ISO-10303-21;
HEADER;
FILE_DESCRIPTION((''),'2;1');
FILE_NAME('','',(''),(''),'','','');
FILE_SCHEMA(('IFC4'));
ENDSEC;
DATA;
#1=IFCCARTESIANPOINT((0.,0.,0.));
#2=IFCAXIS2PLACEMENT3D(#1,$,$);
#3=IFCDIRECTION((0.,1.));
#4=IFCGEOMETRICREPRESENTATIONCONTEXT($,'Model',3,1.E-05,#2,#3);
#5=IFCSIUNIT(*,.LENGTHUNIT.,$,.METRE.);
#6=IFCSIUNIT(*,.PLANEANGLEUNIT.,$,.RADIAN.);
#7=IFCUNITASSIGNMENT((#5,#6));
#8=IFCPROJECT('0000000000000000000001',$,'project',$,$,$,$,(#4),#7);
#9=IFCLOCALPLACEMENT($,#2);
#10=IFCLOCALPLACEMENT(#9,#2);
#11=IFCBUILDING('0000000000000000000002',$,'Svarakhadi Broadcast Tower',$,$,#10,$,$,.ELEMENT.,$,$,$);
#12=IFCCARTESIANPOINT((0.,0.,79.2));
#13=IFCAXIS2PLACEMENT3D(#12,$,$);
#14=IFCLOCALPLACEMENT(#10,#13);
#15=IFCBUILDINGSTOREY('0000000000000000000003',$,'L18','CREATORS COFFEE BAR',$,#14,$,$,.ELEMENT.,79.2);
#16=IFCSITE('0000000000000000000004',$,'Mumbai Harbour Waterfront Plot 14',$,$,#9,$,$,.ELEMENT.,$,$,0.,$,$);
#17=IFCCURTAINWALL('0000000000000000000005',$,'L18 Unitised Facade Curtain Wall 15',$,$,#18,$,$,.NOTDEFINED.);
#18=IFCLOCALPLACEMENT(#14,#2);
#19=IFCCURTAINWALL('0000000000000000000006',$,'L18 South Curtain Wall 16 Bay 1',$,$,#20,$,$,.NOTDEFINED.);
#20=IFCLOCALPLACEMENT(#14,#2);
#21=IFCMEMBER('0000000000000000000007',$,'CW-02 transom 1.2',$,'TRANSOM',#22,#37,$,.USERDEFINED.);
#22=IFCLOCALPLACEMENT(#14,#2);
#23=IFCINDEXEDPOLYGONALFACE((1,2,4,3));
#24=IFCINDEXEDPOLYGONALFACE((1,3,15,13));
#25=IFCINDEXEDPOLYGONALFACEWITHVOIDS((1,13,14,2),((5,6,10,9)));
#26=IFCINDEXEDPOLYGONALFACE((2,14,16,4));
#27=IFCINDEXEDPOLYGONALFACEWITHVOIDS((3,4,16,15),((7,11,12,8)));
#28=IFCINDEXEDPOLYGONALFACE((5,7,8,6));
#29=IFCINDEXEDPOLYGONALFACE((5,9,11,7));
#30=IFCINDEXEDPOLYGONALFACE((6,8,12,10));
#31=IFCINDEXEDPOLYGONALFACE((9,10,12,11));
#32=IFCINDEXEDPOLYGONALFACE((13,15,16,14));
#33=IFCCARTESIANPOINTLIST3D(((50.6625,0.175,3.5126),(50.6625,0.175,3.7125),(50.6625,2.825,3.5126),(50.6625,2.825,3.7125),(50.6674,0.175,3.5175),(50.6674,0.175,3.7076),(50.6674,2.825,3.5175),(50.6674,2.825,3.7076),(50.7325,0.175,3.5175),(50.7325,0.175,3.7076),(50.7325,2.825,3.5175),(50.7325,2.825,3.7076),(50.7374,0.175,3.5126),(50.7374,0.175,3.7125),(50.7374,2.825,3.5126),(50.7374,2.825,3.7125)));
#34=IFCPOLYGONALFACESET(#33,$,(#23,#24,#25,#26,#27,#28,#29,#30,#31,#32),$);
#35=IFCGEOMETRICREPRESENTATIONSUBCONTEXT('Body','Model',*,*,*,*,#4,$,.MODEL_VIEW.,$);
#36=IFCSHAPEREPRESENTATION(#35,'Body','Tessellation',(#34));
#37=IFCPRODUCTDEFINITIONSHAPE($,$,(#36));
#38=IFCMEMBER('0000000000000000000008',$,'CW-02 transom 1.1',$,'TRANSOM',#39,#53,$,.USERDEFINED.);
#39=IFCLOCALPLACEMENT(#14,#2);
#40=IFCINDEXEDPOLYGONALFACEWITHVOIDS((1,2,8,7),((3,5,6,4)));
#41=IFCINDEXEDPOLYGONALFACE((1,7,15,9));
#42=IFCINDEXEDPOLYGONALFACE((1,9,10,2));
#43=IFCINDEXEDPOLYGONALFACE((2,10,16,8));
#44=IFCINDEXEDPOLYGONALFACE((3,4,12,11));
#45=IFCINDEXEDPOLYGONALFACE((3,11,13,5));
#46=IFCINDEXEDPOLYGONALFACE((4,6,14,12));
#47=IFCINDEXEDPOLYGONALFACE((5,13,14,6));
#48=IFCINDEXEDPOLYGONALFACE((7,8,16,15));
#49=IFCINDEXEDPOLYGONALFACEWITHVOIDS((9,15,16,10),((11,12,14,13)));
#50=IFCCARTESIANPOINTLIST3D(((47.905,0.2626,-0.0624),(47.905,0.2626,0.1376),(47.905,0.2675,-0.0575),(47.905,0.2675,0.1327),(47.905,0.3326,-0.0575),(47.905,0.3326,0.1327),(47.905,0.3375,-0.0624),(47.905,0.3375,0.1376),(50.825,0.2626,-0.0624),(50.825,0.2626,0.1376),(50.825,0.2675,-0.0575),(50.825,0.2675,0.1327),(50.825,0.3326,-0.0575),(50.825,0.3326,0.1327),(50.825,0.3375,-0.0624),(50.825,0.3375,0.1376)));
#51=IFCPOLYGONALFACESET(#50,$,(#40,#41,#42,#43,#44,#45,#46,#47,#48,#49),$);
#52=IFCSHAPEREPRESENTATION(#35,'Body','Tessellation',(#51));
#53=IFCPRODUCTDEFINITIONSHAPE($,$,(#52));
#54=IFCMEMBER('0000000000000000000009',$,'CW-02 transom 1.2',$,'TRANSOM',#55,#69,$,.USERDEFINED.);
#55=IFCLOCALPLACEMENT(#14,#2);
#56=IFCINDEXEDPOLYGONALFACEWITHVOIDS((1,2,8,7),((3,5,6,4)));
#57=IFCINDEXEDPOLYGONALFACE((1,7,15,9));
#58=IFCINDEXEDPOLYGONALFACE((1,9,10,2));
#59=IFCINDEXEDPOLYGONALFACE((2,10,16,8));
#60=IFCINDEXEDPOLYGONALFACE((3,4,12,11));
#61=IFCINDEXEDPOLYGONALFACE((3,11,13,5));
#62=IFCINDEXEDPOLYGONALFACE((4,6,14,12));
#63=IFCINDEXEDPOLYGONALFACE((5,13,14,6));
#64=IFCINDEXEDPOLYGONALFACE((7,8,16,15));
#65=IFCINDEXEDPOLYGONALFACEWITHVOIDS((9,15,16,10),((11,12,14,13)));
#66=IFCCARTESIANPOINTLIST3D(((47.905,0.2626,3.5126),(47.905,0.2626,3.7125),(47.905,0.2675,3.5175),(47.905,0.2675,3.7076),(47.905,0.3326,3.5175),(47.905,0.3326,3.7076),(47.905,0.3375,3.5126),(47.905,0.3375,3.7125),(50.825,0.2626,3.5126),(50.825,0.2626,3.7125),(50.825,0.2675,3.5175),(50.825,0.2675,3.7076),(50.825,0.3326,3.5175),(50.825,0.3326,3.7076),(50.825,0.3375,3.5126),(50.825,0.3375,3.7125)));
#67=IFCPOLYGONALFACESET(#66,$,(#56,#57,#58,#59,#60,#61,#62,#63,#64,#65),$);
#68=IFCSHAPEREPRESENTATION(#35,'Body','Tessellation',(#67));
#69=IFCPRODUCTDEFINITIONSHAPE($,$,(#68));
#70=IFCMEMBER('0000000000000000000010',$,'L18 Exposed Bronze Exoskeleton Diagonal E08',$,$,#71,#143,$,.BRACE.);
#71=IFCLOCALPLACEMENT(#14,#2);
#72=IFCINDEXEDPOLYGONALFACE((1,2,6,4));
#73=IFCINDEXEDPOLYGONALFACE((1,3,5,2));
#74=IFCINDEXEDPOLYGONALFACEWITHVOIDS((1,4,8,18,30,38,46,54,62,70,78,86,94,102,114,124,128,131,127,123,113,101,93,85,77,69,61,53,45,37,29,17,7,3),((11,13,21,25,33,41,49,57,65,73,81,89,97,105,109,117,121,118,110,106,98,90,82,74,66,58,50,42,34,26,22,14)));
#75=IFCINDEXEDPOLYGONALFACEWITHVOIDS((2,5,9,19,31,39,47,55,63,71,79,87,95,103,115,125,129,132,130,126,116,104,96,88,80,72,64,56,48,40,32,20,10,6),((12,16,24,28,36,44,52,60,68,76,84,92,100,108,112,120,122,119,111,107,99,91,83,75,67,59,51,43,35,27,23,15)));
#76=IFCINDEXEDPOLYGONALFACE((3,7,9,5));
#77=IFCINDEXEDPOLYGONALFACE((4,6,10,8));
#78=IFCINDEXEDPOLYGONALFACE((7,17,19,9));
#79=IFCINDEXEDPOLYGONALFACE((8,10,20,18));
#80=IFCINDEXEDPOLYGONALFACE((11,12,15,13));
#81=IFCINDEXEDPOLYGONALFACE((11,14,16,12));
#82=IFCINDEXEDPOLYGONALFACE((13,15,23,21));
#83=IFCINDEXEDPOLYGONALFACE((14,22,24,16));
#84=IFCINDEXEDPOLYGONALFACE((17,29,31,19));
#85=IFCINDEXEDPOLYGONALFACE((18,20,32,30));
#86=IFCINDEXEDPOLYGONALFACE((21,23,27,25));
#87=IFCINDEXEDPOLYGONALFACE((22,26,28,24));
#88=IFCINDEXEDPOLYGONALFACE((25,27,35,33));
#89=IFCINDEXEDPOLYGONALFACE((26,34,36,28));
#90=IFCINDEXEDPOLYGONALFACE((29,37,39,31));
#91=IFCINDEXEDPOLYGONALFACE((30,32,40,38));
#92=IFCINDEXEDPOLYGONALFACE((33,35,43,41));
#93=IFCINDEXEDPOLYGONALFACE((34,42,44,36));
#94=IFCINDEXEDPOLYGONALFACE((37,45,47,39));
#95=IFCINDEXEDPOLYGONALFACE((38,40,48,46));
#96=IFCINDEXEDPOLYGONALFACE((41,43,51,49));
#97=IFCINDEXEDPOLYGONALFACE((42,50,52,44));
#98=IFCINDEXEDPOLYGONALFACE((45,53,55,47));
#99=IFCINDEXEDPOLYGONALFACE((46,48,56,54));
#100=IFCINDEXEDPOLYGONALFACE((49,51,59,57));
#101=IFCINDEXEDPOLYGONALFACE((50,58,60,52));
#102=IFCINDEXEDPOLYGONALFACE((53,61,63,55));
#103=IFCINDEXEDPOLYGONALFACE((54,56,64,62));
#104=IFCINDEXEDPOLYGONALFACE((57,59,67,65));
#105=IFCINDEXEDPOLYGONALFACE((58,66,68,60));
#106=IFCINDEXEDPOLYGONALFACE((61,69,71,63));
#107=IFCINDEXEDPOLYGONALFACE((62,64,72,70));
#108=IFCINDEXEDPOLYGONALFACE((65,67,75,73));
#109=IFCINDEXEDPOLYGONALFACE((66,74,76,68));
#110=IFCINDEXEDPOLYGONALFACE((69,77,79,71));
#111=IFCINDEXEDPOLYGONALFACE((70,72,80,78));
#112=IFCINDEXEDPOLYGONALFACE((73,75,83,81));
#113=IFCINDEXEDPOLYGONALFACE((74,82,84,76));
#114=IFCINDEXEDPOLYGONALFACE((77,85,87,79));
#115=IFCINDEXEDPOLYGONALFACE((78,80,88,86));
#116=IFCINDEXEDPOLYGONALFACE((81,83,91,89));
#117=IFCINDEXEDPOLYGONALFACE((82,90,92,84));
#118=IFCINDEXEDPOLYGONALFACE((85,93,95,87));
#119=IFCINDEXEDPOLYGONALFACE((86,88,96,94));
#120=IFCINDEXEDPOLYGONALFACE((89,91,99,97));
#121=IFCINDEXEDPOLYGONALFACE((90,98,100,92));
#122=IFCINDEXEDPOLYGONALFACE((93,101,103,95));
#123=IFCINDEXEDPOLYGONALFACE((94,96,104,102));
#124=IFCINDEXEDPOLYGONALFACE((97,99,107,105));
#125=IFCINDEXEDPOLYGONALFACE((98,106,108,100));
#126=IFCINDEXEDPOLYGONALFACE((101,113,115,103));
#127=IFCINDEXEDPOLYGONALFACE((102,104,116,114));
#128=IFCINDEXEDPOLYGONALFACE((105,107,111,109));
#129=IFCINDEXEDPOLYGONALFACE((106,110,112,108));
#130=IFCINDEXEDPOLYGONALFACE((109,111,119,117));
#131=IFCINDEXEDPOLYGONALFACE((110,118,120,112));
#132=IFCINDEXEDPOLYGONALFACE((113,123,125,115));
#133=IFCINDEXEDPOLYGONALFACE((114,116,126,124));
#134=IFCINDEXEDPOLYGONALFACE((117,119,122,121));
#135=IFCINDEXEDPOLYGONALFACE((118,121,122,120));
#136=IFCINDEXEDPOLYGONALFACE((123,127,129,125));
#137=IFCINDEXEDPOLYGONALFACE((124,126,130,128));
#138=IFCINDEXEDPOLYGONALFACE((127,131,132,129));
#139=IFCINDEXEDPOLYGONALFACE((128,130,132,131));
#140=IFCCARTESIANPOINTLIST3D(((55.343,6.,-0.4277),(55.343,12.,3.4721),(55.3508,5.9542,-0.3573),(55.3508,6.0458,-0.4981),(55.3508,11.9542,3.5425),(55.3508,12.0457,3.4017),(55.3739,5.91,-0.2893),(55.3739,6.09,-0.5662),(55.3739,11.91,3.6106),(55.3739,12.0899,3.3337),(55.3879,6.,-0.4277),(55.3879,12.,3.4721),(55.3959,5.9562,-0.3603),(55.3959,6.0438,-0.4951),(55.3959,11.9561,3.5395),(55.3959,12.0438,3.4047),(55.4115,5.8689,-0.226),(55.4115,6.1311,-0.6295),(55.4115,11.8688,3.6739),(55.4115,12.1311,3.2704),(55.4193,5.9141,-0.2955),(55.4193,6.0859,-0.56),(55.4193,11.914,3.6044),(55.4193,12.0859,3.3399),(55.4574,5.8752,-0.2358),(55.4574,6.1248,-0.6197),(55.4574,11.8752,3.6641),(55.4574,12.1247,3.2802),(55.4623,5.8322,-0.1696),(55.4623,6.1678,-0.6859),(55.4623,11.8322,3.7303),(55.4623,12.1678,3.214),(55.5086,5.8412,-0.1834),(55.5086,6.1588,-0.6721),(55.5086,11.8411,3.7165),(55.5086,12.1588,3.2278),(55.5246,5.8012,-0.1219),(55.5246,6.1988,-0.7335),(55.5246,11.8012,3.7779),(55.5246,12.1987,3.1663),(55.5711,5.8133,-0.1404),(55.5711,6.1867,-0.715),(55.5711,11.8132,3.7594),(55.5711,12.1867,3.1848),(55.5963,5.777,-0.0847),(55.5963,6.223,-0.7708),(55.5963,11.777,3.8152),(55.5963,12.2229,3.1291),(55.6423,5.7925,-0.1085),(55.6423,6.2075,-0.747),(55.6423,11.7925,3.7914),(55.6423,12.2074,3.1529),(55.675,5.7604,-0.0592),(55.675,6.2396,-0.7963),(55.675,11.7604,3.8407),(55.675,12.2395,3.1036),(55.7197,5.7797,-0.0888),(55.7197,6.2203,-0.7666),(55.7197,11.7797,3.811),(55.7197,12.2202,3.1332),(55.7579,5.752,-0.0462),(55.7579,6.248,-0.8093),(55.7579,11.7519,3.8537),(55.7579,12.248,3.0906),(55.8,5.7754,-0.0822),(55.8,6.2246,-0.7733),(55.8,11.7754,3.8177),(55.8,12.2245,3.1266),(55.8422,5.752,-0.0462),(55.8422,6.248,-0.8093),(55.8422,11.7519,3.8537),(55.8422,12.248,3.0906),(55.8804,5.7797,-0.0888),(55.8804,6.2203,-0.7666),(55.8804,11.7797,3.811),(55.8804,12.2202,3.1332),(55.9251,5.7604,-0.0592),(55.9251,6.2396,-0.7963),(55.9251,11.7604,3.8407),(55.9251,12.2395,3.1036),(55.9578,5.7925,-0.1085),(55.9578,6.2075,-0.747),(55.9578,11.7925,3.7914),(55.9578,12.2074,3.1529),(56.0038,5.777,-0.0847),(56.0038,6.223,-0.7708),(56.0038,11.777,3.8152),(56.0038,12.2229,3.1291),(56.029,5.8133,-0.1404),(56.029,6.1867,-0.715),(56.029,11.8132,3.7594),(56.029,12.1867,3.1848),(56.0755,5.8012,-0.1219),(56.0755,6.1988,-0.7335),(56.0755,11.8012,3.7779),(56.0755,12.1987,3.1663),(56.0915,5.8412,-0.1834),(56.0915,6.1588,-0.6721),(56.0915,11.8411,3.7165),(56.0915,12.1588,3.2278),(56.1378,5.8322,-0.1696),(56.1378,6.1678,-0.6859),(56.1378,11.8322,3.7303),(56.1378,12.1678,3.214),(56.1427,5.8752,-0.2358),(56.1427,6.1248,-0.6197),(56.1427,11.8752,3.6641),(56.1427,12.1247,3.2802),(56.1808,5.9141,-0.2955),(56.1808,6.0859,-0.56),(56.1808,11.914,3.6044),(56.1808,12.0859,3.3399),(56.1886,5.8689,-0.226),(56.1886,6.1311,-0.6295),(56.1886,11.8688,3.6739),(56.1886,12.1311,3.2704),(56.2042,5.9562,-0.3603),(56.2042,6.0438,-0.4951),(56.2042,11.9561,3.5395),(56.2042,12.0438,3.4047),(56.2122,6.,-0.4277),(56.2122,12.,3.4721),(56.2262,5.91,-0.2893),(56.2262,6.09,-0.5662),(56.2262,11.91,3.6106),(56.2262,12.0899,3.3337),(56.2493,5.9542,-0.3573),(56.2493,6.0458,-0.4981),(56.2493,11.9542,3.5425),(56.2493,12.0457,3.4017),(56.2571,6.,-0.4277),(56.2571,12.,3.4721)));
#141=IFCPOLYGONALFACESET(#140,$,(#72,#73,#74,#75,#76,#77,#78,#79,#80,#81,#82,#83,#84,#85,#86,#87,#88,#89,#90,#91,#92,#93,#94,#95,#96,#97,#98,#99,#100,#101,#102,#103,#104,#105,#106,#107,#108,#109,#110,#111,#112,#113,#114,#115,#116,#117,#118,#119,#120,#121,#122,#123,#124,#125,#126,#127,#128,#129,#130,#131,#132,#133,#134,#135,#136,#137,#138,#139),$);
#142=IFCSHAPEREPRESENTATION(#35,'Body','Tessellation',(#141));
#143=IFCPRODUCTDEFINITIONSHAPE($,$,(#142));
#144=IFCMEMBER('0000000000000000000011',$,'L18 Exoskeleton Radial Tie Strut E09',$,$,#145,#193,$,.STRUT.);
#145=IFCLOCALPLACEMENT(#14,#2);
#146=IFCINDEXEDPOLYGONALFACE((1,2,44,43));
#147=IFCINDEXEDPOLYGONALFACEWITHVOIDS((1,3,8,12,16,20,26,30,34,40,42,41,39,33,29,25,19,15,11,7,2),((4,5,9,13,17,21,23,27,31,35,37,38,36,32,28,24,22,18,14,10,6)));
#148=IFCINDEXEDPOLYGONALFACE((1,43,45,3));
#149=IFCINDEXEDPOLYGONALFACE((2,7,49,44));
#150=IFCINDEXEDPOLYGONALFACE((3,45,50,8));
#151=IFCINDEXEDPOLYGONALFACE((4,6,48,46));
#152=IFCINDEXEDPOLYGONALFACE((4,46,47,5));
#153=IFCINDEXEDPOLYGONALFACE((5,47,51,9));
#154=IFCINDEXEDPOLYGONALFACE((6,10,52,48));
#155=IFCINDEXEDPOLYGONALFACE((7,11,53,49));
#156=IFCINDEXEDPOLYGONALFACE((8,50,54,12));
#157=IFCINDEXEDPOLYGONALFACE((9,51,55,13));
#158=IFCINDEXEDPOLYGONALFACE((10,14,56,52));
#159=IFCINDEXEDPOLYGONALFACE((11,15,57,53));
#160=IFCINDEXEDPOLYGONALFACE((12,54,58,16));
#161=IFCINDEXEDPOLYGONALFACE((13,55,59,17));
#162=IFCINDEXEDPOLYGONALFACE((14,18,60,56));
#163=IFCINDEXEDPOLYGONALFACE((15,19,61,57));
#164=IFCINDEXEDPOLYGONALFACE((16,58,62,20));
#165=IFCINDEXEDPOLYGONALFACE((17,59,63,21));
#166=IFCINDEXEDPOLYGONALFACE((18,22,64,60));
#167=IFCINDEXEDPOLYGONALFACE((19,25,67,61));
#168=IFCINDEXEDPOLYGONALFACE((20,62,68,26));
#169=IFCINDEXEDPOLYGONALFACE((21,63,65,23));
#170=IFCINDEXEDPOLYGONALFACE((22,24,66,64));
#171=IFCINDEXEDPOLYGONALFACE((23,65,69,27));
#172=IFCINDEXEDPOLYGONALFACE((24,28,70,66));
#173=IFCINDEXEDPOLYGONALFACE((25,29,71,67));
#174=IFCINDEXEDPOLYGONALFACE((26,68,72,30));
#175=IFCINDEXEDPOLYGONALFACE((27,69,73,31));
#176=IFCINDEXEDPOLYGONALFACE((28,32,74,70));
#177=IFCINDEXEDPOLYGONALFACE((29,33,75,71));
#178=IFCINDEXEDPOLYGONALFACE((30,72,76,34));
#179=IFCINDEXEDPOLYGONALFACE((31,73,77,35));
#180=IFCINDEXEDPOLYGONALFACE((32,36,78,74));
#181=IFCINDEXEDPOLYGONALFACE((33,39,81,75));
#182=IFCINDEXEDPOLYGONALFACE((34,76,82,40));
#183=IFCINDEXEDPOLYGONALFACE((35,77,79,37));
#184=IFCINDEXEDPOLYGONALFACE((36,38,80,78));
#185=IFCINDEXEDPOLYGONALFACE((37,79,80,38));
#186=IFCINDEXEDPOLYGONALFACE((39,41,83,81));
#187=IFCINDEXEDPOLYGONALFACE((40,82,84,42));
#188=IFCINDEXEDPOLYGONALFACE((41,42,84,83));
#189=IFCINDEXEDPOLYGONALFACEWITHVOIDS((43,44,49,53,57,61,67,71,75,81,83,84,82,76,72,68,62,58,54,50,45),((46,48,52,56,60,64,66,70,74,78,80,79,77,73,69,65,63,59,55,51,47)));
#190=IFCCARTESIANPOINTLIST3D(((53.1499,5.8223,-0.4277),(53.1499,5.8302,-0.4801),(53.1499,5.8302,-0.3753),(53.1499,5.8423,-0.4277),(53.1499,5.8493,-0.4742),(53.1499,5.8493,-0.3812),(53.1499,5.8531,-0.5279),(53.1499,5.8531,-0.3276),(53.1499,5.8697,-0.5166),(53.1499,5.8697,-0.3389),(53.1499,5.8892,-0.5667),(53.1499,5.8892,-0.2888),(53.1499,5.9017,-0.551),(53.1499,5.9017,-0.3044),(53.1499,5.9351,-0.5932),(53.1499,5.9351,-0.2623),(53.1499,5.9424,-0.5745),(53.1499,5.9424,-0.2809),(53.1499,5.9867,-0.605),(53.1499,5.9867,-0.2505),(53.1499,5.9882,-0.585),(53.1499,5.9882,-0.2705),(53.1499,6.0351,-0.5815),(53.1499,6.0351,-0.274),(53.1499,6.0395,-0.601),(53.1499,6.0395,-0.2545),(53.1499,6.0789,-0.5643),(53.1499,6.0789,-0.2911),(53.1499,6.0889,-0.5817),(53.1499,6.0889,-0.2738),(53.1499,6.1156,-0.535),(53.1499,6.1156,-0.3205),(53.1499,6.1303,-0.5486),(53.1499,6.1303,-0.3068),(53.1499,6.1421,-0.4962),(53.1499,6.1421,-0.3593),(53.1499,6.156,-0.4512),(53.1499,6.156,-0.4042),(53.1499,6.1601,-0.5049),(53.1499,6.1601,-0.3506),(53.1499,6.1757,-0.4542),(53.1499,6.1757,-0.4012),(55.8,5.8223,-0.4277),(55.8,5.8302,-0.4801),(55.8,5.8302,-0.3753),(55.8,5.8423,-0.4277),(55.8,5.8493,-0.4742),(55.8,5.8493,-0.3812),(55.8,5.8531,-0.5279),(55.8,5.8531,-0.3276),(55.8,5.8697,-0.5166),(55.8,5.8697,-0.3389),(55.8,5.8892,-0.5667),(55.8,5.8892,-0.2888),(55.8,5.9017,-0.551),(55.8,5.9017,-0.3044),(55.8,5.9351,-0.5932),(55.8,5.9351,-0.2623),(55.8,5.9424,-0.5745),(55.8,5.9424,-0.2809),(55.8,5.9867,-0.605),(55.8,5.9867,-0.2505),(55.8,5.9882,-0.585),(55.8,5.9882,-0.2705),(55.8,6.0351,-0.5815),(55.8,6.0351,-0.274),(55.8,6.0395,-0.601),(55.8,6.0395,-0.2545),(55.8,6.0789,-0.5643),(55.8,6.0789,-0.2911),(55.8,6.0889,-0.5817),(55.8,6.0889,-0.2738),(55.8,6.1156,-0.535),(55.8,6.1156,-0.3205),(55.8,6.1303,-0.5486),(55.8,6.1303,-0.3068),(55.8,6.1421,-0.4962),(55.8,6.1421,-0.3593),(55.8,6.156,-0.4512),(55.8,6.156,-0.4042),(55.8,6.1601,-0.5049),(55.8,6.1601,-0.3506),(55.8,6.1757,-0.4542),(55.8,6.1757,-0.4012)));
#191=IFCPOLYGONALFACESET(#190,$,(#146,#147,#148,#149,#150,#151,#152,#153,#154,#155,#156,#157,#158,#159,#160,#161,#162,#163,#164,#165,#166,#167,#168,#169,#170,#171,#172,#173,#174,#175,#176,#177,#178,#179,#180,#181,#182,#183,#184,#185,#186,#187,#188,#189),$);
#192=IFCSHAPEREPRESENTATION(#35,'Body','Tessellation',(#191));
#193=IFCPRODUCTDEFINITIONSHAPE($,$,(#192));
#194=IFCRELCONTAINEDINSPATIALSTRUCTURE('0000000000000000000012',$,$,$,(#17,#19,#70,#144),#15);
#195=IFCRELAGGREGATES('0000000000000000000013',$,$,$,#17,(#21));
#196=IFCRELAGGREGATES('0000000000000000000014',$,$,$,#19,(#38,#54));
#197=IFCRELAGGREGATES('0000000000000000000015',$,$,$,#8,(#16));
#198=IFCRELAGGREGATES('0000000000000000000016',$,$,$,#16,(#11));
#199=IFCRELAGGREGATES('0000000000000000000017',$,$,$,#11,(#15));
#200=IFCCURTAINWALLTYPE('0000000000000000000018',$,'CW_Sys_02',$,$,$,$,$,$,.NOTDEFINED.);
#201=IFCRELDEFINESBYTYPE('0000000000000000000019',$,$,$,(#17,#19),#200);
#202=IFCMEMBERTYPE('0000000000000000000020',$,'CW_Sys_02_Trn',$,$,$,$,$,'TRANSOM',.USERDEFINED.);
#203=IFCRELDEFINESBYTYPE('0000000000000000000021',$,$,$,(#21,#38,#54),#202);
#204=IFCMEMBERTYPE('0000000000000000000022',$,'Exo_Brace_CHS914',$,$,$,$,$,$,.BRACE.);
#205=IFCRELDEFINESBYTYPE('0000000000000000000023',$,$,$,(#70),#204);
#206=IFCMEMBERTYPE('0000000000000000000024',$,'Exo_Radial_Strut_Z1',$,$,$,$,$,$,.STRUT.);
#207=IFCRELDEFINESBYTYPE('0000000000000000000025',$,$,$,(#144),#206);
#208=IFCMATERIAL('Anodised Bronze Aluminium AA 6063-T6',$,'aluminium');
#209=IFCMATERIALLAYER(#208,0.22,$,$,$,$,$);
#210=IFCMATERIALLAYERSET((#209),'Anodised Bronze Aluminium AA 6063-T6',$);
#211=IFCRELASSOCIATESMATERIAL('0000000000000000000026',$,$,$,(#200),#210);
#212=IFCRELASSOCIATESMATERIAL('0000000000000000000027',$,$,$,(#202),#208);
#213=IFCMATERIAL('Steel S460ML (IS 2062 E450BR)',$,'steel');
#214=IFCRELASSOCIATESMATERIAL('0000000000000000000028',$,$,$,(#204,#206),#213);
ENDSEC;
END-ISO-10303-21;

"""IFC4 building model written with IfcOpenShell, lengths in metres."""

from ifc_helpers import new_model, si_unit, direction, frame, origin, origin_2d, place, context, subcontext, project, spatial, hollow_rectangle, hollow_circle, extrude, material, layer, layer_set, material_profile, profile_set, type_object, element, aggregate, save


model = new_model("IFC4")

# Units and contexts
model_context = context("Model", 3, precision=1e-05, world=origin(), true_north=direction((0.0, 1.0)))
body_context = subcontext(model_context, "Body", "Model", "MODEL_VIEW")
ifc_project = project(units=[si_unit("LENGTHUNIT", "METRE"), si_unit("PLANEANGLEUNIT", "RADIAN")], contexts=[model_context])

# Site, building, storey
site_placement = place(None, origin())
site = spatial("IfcSite", under=ifc_project, at=site_placement, Name="Mumbai Harbour Waterfront Plot 14", CompositionType="ELEMENT", RefElevation=0.0)
building_placement = place(site_placement, origin())
building = spatial("IfcBuilding", under=site, at=building_placement, Name="Svarakhadi Broadcast Tower", CompositionType="ELEMENT")
storey_placement = place(building_placement, frame((0.0, 0.0, 79.2)))
storey = spatial("IfcBuildingStorey", under=building, at=storey_placement, Name="L18", Description="CREATORS COFFEE BAR", CompositionType="ELEMENT", Elevation=79.2)

# Shared definitions
ifc_material_1 = material(Name="Steel S460ML (IS 2062 E450BR)", Category="steel")

# Curtain walls
ifc_material_2 = material(Name="Anodised Bronze Aluminium AA 6063-T6", Category="aluminium")
ifc_layer_1 = layer(ifc_material_2, 0.22)
ifc_layer_set_1 = layer_set([ifc_layer_1], Name="Anodised Bronze Aluminium AA 6063-T6")
curtain_wall_type = type_object("IfcCurtainWallType", Name="CW_Sys_02", PredefinedType="NOTDEFINED", material=ifc_layer_set_1)
curtain_wall_1_placement = place(storey_placement, origin())
curtain_wall_1 = element("IfcCurtainWall", 1, at=curtain_wall_1_placement, inside=storey, type_object=curtain_wall_type, Name="L18 Unitised Facade Curtain Wall 15", PredefinedType="NOTDEFINED")
curtain_wall_2_placement = place(storey_placement, origin())
curtain_wall_2 = element("IfcCurtainWall", 2, at=curtain_wall_2_placement, inside=storey, type_object=curtain_wall_type, Name="L18 South Curtain Wall 16 Bay 1", PredefinedType="NOTDEFINED")

# Members
ifc_material_profile_1 = material_profile(ifc_material_2, hollow_rectangle(XDim=0.075, YDim=0.2, WallThickness=0.0049, at=origin_2d()), Name="ALU TRANSOM 200x75x5")
ifc_profile_set_1 = profile_set([ifc_material_profile_1], Name="Anodised Bronze Aluminium AA 6063-T6")
member_type_1 = type_object("IfcMemberType", Name="CW_Sys_02_Trn", ElementType="TRANSOM", PredefinedType="USERDEFINED", material=ifc_profile_set_1)
member_1_placement = place(storey_placement, frame((50.7, 2.825, 3.6125), z_axis=(0.0, -1.0, 0.0), x_axis=(1.0, 0.0, 0.0)))
member_1 = element("IfcMember", 3, at=member_1_placement, type_object=member_type_1, Name="CW-02 transom 1.2", ObjectType="TRANSOM", PredefinedType="USERDEFINED", context=body_context, shape_type="SweptSolid", body=[
    extrude(hollow_rectangle(XDim=0.075, YDim=0.2, WallThickness=0.0049, at=origin_2d()), origin(), (0.0, 0.0, 1.0), 2.6499),
])
member_2_placement = place(storey_placement, frame((50.825, 0.3, 0.0376), z_axis=(-1.0, 0.0, 0.0), x_axis=(0.0, -1.0, 0.0)))
member_2 = element("IfcMember", 4, at=member_2_placement, type_object=member_type_1, Name="CW-02 transom 1.1", ObjectType="TRANSOM", PredefinedType="USERDEFINED", context=body_context, shape_type="SweptSolid", body=[
    extrude(hollow_rectangle(XDim=0.075, YDim=0.2, WallThickness=0.0049, at=origin_2d()), origin(), (0.0, 0.0, 1.0), 2.9199),
])
member_3_placement = place(storey_placement, frame((50.825, 0.3, 3.6125), z_axis=(-1.0, 0.0, 0.0), x_axis=(0.0, -1.0, 0.0)))
member_3 = element("IfcMember", 5, at=member_3_placement, type_object=member_type_1, Name="CW-02 transom 1.2", ObjectType="TRANSOM", PredefinedType="USERDEFINED", context=body_context, shape_type="SweptSolid", body=[
    extrude(hollow_rectangle(XDim=0.075, YDim=0.2, WallThickness=0.0049, at=origin_2d()), origin(), (0.0, 0.0, 1.0), 2.9199),
])

# Members
ifc_material_profile_2 = material_profile(ifc_material_1, hollow_circle(Radius=0.457, WallThickness=0.0449, at=origin_2d()), Name="CHS 914x45")
ifc_profile_set_2 = profile_set([ifc_material_profile_2], Name="Steel S460ML (IS 2062 E450BR)")
member_type_2 = type_object("IfcMemberType", Name="Exo_Brace_CHS914", PredefinedType="BRACE", material=ifc_profile_set_2)
member_4_placement = place(storey_placement, frame((55.8, 6.0, -0.4277), z_axis=(0.0, 0.83845, 0.544979), x_axis=(-1.0, 0.0, 0.0)))
element("IfcMember", 6, at=member_4_placement, inside=storey, type_object=member_type_2, Name="L18 Exposed Bronze Exoskeleton Diagonal E08", PredefinedType="BRACE", context=body_context, shape_type="SweptSolid", body=[
    extrude(hollow_circle(Radius=0.457, WallThickness=0.0449, at=origin_2d()), origin(), (0.0, 0.0, 1.0), 7.156),
])
ifc_material_profile_3 = material_profile(ifc_material_1, hollow_circle(Radius=0.1777, WallThickness=0.02, at=origin_2d()), Name="CHS 355.6x20")
ifc_profile_set_3 = profile_set([ifc_material_profile_3], Name="Steel S460ML (IS 2062 E450BR)")
member_type_3 = type_object("IfcMemberType", Name="Exo_Radial_Strut_Z1", PredefinedType="STRUT", material=ifc_profile_set_3)
member_5_placement = place(storey_placement, frame((55.8, 6.0, -0.4277), z_axis=(-1.0, 0.0, 0.0), x_axis=(0.0, -1.0, 0.0)))
element("IfcMember", 7, at=member_5_placement, inside=storey, type_object=member_type_3, Name="L18 Exoskeleton Radial Tie Strut E09", PredefinedType="STRUT", context=body_context, shape_type="SweptSolid", body=[
    extrude(hollow_circle(Radius=0.1777, WallThickness=0.02, at=origin_2d()), origin(), (0.0, 0.0, 1.0), 2.6501),
])

aggregate(curtain_wall_1, [member_1])
aggregate(curtain_wall_2, [member_2, member_3])

save(model, "model.ifc")
